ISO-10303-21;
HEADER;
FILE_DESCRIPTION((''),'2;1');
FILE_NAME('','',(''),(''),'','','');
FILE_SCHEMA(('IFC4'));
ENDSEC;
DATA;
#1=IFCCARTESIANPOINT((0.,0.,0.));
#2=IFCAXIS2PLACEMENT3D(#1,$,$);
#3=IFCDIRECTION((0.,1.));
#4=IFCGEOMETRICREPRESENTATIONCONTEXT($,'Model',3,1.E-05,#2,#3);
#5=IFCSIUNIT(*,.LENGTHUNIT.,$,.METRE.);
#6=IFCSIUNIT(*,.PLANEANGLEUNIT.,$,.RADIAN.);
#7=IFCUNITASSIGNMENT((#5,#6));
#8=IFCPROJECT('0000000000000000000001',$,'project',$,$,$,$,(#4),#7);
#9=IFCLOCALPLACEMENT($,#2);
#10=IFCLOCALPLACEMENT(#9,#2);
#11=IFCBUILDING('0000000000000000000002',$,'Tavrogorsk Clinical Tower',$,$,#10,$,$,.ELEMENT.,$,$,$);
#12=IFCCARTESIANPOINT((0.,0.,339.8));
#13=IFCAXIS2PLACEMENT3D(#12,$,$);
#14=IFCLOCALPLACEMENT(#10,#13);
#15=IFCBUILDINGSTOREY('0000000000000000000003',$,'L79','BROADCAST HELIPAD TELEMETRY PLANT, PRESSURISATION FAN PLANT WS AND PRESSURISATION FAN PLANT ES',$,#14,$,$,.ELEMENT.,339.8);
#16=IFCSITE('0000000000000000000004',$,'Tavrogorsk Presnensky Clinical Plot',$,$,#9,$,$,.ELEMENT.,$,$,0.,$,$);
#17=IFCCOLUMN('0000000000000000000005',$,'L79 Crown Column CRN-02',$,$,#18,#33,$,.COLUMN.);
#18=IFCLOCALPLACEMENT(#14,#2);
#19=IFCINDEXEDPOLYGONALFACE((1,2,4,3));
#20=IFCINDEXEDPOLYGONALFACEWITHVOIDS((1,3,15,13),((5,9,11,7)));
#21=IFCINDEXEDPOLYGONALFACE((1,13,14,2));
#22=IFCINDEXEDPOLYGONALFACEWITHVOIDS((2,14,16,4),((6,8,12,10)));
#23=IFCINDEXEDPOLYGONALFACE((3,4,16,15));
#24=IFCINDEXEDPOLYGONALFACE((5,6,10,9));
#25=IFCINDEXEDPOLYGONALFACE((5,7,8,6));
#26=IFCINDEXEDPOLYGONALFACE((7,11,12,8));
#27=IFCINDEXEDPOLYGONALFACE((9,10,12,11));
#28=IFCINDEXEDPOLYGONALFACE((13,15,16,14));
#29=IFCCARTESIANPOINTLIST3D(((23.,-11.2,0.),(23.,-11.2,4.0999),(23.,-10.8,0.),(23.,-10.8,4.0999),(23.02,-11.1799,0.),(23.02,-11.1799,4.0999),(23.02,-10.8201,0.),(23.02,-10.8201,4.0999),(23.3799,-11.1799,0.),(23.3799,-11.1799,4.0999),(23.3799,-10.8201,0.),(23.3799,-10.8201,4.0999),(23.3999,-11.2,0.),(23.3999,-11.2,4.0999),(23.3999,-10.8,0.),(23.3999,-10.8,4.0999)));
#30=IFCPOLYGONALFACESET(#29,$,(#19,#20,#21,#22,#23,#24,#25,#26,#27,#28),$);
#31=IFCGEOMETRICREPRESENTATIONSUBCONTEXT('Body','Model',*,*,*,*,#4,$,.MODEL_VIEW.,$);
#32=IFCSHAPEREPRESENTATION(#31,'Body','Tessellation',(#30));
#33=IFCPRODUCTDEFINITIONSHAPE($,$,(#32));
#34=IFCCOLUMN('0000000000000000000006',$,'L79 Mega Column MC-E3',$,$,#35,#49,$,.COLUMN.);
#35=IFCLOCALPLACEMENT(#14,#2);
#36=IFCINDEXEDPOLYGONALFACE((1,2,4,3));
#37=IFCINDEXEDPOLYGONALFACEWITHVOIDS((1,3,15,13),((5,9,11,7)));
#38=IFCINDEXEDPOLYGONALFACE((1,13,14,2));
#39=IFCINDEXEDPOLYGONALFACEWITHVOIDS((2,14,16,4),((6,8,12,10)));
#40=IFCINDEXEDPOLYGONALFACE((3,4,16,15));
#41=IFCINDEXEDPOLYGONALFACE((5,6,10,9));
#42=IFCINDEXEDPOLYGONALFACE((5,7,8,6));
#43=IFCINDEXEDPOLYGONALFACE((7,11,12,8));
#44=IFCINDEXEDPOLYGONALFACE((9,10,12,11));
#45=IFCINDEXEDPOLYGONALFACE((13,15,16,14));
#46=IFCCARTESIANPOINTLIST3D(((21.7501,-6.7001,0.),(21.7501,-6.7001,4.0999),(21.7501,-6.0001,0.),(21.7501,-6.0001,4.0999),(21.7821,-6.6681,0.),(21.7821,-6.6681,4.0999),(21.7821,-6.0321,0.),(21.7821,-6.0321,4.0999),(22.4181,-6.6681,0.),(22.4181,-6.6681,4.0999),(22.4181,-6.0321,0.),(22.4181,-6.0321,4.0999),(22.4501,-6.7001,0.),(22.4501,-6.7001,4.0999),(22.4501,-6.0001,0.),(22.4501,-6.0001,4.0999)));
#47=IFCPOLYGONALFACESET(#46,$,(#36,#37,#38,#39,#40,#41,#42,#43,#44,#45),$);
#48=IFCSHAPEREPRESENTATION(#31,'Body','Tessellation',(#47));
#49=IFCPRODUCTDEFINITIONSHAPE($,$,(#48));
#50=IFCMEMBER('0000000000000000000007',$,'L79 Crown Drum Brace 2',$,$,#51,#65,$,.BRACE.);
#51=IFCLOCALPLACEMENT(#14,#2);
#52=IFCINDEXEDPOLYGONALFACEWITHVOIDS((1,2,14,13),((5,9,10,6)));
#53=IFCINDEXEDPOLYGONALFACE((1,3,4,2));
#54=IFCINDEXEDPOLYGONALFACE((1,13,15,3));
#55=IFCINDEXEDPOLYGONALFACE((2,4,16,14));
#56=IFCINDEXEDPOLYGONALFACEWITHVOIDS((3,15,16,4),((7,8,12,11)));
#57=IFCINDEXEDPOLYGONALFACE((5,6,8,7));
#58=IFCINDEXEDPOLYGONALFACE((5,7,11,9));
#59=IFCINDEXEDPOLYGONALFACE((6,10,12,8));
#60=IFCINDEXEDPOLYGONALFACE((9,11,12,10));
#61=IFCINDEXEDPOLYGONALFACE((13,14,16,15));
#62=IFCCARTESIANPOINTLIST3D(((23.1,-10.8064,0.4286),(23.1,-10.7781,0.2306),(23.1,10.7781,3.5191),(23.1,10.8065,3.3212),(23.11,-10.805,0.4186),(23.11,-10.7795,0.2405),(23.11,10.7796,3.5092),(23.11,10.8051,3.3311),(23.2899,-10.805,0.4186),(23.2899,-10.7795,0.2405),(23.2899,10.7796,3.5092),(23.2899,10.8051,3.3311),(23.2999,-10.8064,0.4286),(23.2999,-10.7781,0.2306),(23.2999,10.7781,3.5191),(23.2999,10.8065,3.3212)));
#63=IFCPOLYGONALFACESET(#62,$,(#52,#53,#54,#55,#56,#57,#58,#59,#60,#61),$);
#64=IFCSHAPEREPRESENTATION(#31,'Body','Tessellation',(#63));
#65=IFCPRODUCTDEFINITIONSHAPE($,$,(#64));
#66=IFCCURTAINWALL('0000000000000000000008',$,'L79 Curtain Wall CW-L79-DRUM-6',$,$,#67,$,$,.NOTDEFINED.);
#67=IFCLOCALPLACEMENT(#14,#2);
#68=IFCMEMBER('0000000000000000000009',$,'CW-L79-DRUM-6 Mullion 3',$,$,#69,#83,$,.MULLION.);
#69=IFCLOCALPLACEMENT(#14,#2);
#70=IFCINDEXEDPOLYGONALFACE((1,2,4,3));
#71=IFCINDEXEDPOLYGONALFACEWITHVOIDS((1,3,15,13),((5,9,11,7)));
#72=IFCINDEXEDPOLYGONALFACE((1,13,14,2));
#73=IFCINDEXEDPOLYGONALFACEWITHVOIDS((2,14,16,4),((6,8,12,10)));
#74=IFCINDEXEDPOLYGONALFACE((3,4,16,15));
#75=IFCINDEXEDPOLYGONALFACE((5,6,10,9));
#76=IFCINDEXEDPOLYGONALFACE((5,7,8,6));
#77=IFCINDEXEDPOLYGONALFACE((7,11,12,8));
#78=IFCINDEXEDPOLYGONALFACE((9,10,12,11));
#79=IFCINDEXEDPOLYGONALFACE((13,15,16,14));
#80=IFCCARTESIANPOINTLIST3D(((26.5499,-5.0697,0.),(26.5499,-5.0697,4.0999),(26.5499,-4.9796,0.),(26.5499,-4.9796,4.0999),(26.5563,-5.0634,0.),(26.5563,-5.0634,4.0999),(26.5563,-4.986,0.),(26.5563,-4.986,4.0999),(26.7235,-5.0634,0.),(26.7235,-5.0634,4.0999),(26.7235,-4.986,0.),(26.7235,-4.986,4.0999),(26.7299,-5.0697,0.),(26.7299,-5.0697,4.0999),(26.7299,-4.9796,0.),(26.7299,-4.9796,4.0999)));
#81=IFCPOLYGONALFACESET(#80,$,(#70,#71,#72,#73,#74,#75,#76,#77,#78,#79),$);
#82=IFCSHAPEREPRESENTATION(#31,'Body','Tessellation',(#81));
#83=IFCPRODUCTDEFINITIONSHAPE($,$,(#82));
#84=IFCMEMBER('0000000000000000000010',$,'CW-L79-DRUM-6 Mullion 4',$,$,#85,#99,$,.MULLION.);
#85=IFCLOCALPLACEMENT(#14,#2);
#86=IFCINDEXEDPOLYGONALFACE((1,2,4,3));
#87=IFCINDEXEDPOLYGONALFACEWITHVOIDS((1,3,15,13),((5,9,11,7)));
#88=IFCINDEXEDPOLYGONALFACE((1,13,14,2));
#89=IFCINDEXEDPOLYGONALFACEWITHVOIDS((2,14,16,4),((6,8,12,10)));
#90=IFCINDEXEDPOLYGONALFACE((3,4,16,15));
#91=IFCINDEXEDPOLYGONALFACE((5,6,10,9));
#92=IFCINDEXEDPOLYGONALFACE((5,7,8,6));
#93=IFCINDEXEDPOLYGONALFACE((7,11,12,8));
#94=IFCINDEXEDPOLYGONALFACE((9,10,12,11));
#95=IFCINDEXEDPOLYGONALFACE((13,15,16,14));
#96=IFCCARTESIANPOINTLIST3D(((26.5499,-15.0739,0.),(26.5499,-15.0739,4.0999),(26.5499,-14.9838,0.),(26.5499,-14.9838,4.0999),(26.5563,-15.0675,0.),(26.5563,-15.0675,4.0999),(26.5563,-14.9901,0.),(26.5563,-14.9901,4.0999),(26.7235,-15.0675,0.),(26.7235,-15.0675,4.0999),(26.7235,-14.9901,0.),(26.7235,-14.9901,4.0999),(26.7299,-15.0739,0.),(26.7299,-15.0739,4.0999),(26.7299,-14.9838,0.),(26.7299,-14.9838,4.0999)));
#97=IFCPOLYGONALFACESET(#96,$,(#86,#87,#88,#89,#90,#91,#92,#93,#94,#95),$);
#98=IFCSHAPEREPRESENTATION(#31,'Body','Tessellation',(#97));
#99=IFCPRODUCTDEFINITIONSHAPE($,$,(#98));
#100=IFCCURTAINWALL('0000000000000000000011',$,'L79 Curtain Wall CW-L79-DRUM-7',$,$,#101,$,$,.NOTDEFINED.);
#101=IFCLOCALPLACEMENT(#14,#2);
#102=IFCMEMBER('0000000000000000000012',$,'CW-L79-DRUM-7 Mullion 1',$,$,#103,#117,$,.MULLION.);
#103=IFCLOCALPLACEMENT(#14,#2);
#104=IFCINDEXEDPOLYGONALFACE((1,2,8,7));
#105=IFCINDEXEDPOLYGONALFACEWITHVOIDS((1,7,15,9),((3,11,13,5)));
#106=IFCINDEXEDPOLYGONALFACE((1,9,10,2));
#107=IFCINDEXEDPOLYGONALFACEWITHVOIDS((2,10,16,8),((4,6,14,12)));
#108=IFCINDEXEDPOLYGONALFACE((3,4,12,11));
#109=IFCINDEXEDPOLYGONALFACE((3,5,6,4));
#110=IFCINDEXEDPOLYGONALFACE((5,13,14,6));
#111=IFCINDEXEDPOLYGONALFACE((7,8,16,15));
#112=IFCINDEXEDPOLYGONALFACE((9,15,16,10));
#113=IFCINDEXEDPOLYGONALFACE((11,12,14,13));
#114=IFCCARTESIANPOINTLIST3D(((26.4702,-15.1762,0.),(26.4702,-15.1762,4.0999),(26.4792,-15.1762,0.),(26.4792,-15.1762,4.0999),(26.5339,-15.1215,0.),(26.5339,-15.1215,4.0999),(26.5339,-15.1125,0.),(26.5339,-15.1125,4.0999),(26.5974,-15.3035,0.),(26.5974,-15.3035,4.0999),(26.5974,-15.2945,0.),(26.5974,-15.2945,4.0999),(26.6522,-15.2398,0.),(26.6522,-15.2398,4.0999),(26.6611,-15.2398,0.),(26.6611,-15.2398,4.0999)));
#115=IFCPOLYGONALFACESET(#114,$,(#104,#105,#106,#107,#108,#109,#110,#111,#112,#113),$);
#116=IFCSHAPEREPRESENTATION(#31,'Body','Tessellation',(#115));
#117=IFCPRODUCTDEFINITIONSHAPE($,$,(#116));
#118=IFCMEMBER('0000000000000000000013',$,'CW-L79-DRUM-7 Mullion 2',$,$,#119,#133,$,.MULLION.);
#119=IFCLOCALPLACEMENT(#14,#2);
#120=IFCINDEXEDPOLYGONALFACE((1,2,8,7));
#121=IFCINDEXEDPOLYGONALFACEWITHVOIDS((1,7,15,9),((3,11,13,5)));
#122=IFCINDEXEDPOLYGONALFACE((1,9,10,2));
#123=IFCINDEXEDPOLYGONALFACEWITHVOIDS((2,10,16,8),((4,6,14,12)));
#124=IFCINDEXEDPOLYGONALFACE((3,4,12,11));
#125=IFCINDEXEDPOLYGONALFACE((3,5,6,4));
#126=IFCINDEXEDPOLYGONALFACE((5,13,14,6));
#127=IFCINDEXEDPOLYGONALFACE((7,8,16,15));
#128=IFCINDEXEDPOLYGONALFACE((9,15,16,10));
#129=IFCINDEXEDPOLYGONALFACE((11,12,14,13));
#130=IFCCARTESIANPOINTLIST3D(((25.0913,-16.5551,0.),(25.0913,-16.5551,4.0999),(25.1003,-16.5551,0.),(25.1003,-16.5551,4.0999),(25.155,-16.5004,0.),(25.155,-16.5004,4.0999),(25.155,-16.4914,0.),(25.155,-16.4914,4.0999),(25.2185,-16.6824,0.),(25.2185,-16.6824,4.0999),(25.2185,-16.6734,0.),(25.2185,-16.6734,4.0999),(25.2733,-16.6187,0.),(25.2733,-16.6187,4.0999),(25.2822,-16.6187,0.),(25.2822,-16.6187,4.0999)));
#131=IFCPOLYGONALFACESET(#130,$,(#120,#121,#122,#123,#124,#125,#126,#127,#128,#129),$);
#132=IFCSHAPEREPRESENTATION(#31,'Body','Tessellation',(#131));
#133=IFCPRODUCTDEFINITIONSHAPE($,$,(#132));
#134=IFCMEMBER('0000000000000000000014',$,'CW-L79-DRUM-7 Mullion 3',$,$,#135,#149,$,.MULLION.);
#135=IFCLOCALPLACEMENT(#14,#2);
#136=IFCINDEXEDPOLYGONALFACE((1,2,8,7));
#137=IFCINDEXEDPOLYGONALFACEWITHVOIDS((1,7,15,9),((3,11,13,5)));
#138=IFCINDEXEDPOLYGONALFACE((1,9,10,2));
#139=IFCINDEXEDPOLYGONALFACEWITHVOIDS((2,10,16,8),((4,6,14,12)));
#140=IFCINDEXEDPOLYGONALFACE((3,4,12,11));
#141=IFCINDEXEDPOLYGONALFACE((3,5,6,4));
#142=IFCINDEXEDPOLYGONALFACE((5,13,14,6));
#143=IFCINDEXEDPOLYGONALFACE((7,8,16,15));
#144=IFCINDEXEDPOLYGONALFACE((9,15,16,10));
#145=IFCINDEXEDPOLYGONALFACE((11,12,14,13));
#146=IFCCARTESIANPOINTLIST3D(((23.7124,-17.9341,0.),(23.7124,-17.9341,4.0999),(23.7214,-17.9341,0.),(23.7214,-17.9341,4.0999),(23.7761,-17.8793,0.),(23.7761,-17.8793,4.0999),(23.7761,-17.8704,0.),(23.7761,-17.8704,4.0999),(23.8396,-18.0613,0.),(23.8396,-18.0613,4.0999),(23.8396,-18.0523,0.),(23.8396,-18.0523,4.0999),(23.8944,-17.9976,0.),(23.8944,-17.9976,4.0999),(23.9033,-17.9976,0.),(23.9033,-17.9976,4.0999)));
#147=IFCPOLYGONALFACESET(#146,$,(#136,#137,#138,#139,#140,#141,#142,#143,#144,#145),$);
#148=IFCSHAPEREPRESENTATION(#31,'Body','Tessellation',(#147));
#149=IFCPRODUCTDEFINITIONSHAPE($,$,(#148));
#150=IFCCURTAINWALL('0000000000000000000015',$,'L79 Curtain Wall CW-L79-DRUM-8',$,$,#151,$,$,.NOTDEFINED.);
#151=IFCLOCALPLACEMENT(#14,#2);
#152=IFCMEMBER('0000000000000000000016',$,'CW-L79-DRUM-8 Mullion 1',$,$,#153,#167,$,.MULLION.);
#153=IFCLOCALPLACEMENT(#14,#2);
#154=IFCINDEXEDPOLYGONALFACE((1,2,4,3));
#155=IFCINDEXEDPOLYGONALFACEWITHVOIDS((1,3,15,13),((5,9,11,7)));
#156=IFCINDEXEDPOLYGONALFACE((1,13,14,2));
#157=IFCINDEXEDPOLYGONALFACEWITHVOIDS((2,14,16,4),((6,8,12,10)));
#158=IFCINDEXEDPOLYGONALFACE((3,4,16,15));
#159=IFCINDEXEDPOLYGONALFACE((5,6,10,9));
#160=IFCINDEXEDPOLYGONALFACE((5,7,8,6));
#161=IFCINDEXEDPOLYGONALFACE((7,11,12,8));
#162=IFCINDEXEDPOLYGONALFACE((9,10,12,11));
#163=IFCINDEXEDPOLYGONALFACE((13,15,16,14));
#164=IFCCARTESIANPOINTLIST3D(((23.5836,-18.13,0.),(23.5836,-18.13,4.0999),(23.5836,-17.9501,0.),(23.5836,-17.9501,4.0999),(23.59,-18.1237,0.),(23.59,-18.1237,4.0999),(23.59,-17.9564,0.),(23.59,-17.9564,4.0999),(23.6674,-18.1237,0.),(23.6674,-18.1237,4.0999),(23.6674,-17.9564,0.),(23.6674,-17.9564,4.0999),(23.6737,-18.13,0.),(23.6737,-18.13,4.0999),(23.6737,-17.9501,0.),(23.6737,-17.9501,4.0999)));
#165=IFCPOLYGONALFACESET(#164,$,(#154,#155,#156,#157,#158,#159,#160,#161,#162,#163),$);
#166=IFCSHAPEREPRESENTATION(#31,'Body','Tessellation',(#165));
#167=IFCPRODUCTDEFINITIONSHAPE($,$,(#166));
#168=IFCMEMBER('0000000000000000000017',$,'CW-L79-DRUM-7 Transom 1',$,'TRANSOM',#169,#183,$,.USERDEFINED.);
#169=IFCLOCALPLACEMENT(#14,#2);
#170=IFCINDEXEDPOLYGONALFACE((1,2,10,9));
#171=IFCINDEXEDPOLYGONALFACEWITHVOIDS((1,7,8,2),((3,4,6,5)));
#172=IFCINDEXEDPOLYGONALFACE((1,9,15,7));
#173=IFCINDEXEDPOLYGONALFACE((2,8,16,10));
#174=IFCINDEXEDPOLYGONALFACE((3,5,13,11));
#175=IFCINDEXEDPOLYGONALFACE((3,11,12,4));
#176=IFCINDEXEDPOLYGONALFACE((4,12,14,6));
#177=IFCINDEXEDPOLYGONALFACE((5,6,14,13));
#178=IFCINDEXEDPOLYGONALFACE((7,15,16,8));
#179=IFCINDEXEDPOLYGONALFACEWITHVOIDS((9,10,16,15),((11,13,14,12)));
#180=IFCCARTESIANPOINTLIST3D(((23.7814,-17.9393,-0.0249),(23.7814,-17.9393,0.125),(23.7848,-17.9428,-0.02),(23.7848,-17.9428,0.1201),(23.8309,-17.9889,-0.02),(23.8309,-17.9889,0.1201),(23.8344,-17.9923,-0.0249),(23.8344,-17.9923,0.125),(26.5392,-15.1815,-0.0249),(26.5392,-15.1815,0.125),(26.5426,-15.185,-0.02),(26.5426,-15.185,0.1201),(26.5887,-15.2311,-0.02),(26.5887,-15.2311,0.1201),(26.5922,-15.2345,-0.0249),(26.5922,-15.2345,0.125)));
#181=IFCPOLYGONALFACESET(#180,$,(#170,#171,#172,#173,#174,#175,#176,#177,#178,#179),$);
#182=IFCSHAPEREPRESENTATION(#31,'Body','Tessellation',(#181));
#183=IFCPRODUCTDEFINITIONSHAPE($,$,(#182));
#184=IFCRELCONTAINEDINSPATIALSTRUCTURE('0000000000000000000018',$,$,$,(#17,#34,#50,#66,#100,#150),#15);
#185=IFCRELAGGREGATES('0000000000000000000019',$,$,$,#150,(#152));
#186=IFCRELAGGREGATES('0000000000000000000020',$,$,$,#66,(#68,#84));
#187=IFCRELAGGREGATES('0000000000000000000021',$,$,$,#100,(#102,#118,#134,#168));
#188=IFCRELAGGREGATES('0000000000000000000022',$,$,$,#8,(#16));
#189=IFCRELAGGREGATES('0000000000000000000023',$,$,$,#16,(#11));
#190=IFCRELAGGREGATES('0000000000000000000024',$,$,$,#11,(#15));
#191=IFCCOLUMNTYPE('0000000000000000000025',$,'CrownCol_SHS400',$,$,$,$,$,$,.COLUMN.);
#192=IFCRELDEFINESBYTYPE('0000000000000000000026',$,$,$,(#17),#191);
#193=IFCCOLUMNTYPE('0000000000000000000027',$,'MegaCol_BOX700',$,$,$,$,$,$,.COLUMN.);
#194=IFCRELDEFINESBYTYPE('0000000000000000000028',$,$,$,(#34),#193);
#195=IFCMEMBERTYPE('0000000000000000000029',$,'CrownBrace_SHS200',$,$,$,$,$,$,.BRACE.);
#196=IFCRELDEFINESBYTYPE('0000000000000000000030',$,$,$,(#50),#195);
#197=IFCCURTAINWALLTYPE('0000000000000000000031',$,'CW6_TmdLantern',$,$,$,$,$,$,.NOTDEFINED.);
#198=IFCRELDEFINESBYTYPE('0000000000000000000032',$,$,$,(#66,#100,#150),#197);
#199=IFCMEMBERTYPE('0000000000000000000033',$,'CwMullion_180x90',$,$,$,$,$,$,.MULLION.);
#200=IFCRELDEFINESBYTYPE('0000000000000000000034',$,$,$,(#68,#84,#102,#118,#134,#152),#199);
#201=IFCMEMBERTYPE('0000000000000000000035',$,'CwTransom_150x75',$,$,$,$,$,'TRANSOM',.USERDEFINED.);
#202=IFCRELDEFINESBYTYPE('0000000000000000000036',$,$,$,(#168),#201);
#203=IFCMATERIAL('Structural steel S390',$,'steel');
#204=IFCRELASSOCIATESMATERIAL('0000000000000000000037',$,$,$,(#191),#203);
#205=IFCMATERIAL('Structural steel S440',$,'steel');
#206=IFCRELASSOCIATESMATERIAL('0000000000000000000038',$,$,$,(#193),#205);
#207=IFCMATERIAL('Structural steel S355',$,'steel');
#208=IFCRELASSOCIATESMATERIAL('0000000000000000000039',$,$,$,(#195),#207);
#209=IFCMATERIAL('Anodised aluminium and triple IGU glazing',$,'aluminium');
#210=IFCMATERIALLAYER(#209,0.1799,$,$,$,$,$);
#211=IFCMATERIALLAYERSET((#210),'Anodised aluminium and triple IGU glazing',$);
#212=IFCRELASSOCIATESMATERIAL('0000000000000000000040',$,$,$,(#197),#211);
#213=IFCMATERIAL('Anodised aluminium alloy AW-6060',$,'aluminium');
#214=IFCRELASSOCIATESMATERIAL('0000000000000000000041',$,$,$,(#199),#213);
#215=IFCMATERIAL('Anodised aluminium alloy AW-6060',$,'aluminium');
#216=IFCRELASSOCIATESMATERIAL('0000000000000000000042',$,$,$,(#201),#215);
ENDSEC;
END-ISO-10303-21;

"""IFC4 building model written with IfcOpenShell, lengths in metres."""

from ifc_helpers import new_model, si_unit, direction, frame, origin, origin_2d, place, context, subcontext, project, spatial, hollow_rectangle, extrude, material, layer, layer_set, material_profile, profile_set, type_object, element, aggregate, save


model = new_model("IFC4")

# Units and contexts
model_context = context("Model", 3, precision=1e-05, world=origin(), true_north=direction((0.0, 1.0)))
body_context = subcontext(model_context, "Body", "Model", "MODEL_VIEW")
ifc_project = project(units=[si_unit("LENGTHUNIT", "METRE"), si_unit("PLANEANGLEUNIT", "RADIAN")], contexts=[model_context])

# Site, building, storey
site_placement = place(None, origin())
site = spatial("IfcSite", under=ifc_project, at=site_placement, Name="Tavrogorsk Presnensky Clinical Plot", CompositionType="ELEMENT", RefElevation=0.0)
building_placement = place(site_placement, origin())
building = spatial("IfcBuilding", under=site, at=building_placement, Name="Tavrogorsk Clinical Tower", CompositionType="ELEMENT")
storey_placement = place(building_placement, frame((0.0, 0.0, 339.8)))
storey = spatial("IfcBuildingStorey", under=building, at=storey_placement, Name="L79", Description="BROADCAST HELIPAD TELEMETRY PLANT, PRESSURISATION FAN PLANT WS AND PRESSURISATION FAN PLANT ES", CompositionType="ELEMENT", Elevation=339.8)

# Columns
ifc_material_1 = material(Name="Structural steel S390", Category="steel")
ifc_material_profile_1 = material_profile(ifc_material_1, hollow_rectangle(XDim=0.3999, YDim=0.3999, WallThickness=0.02, at=origin_2d()), Name="SHS-400x400x20")
ifc_profile_set_1 = profile_set([ifc_material_profile_1], Name="Structural steel S390")
column_type_1 = type_object("IfcColumnType", Name="CrownCol_SHS400", PredefinedType="COLUMN", material=ifc_profile_set_1)
column_1_placement = place(storey_placement, frame((23.2, -11.0, 0.0), z_axis=(0.0, 0.0, 1.0), x_axis=(1.0, 0.0, 0.0)))
element("IfcColumn", 1, at=column_1_placement, inside=storey, type_object=column_type_1, Name="L79 Crown Column CRN-02", PredefinedType="COLUMN", context=body_context, shape_type="SweptSolid", body=[
    extrude(hollow_rectangle(XDim=0.3999, YDim=0.3999, WallThickness=0.02, at=origin_2d()), origin(), (0.0, 0.0, 1.0), 4.0999),
])
ifc_material_2 = material(Name="Structural steel S440", Category="steel")
ifc_material_profile_2 = material_profile(ifc_material_2, hollow_rectangle(XDim=0.7, YDim=0.7, WallThickness=0.032, at=origin_2d()), Name="BOX-700x700x32")
ifc_profile_set_2 = profile_set([ifc_material_profile_2], Name="Structural steel S440")
column_type_2 = type_object("IfcColumnType", Name="MegaCol_BOX700", PredefinedType="COLUMN", material=ifc_profile_set_2)
column_2_placement = place(storey_placement, frame((22.1001, -6.3501, 0.0), z_axis=(0.0, 0.0, 1.0), x_axis=(1.0, 0.0, 0.0)))
element("IfcColumn", 2, at=column_2_placement, inside=storey, type_object=column_type_2, Name="L79 Mega Column MC-E3", PredefinedType="COLUMN", context=body_context, shape_type="SweptSolid", body=[
    extrude(hollow_rectangle(XDim=0.7, YDim=0.7, WallThickness=0.032, at=origin_2d()), origin(), (0.0, 0.0, 1.0), 4.0999),
])

# Member
ifc_material_3 = material(Name="Structural steel S355", Category="steel")
ifc_material_profile_3 = material_profile(ifc_material_3, hollow_rectangle(XDim=0.2, YDim=0.2, WallThickness=0.01, at=origin_2d()), Name="SHS-200x200x10")
ifc_profile_set_3 = profile_set([ifc_material_profile_3], Name="Structural steel S355")
member_type_1 = type_object("IfcMemberType", Name="CrownBrace_SHS200", PredefinedType="BRACE", material=ifc_profile_set_3)
member_1_placement = place(storey_placement, frame((23.2, -10.7922, 0.3296), z_axis=(0.0, 0.989904, 0.14174), x_axis=(-1.0, 0.0, 0.0)))
element("IfcMember", 3, at=member_1_placement, inside=storey, type_object=member_type_1, Name="L79 Crown Drum Brace 2", PredefinedType="BRACE", context=body_context, shape_type="SweptSolid", body=[
    extrude(hollow_rectangle(XDim=0.2, YDim=0.2, WallThickness=0.01, at=origin_2d()), origin(), (0.0, 0.0, 1.0), 21.8047),
])

# Curtain walls, members
ifc_material_4 = material(Name="Anodised aluminium and triple IGU glazing", Category="aluminium")
ifc_layer_1 = layer(ifc_material_4, 0.1799)
ifc_layer_set_1 = layer_set([ifc_layer_1], Name="Anodised aluminium and triple IGU glazing")
curtain_wall_type = type_object("IfcCurtainWallType", Name="CW6_TmdLantern", PredefinedType="NOTDEFINED", material=ifc_layer_set_1)
curtain_wall_1_placement = place(storey_placement, origin())
curtain_wall_1 = element("IfcCurtainWall", 4, at=curtain_wall_1_placement, inside=storey, type_object=curtain_wall_type, Name="L79 Curtain Wall CW-L79-DRUM-6", PredefinedType="NOTDEFINED")
ifc_material_5 = material(Name="Anodised aluminium alloy AW-6060", Category="aluminium")
ifc_material_profile_4 = material_profile(ifc_material_5, hollow_rectangle(XDim=0.0901, YDim=0.1799, WallThickness=0.0063, at=origin_2d()), Name="RHS-180x90x6.3")
ifc_profile_set_4 = profile_set([ifc_material_profile_4], Name="Anodised aluminium alloy AW-6060")
member_type_2 = type_object("IfcMemberType", Name="CwMullion_180x90", PredefinedType="MULLION", material=ifc_profile_set_4)
member_2_placement = place(storey_placement, frame((26.6399, -5.0247, 0.0), z_axis=(0.0, 0.0, 1.0), x_axis=(0.0, -1.0, 0.0)))
member_2 = element("IfcMember", 5, at=member_2_placement, type_object=member_type_2, Name="CW-L79-DRUM-6 Mullion 3", PredefinedType="MULLION", context=body_context, shape_type="SweptSolid", body=[
    extrude(hollow_rectangle(XDim=0.0901, YDim=0.1799, WallThickness=0.0063, at=origin_2d()), origin(), (0.0, 0.0, 1.0), 4.0999),
])
member_3_placement = place(storey_placement, frame((26.6399, -15.0288, 0.0), z_axis=(0.0, 0.0, 1.0), x_axis=(0.0, -1.0, 0.0)))
member_3 = element("IfcMember", 6, at=member_3_placement, type_object=member_type_2, Name="CW-L79-DRUM-6 Mullion 4", PredefinedType="MULLION", context=body_context, shape_type="SweptSolid", body=[
    extrude(hollow_rectangle(XDim=0.0901, YDim=0.1799, WallThickness=0.0063, at=origin_2d()), origin(), (0.0, 0.0, 1.0), 4.0999),
])
curtain_wall_2_placement = place(storey_placement, origin())
curtain_wall_2 = element("IfcCurtainWall", 7, at=curtain_wall_2_placement, inside=storey, type_object=curtain_wall_type, Name="L79 Curtain Wall CW-L79-DRUM-7", PredefinedType="NOTDEFINED")
member_4_placement = place(storey_placement, frame((26.5657, -15.208, 0.0), z_axis=(0.0, 0.0, 1.0), x_axis=(-0.707107, -0.707107, 0.0)))
member_4 = element("IfcMember", 8, at=member_4_placement, type_object=member_type_2, Name="CW-L79-DRUM-7 Mullion 1", PredefinedType="MULLION", context=body_context, shape_type="SweptSolid", body=[
    extrude(hollow_rectangle(XDim=0.0901, YDim=0.1799, WallThickness=0.0063, at=origin_2d()), origin(), (0.0, 0.0, 1.0), 4.0999),
])
member_5_placement = place(storey_placement, frame((25.1868, -16.5869, 0.0), z_axis=(0.0, 0.0, 1.0), x_axis=(-0.707107, -0.707107, 0.0)))
member_5 = element("IfcMember", 9, at=member_5_placement, type_object=member_type_2, Name="CW-L79-DRUM-7 Mullion 2", PredefinedType="MULLION", context=body_context, shape_type="SweptSolid", body=[
    extrude(hollow_rectangle(XDim=0.0901, YDim=0.1799, WallThickness=0.0063, at=origin_2d()), origin(), (0.0, 0.0, 1.0), 4.0999),
])
member_6_placement = place(storey_placement, frame((23.8079, -17.9658, 0.0), z_axis=(0.0, 0.0, 1.0), x_axis=(-0.707107, -0.707107, 0.0)))
member_6 = element("IfcMember", 10, at=member_6_placement, type_object=member_type_2, Name="CW-L79-DRUM-7 Mullion 3", PredefinedType="MULLION", context=body_context, shape_type="SweptSolid", body=[
    extrude(hollow_rectangle(XDim=0.0901, YDim=0.1799, WallThickness=0.0063, at=origin_2d()), origin(), (0.0, 0.0, 1.0), 4.0999),
])

# Curtain wall, member
curtain_wall_3_placement = place(storey_placement, origin())
curtain_wall_3 = element("IfcCurtainWall", 11, at=curtain_wall_3_placement, inside=storey, type_object=curtain_wall_type, Name="L79 Curtain Wall CW-L79-DRUM-8", PredefinedType="NOTDEFINED")
member_7_placement = place(storey_placement, frame((23.6287, -18.04, 0.0), z_axis=(0.0, 0.0, 1.0), x_axis=(-1.0, 0.0, 0.0)))
member_7 = element("IfcMember", 12, at=member_7_placement, type_object=member_type_2, Name="CW-L79-DRUM-8 Mullion 1", PredefinedType="MULLION", context=body_context, shape_type="SweptSolid", body=[
    extrude(hollow_rectangle(XDim=0.0901, YDim=0.1799, WallThickness=0.0063, at=origin_2d()), origin(), (0.0, 0.0, 1.0), 4.0999),
])

# Member
ifc_material_6 = material(Name="Anodised aluminium alloy AW-6060", Category="aluminium")
ifc_material_profile_5 = material_profile(ifc_material_6, hollow_rectangle(XDim=0.075, YDim=0.1499, WallThickness=0.0049, at=origin_2d()), Name="RHS-150x75x5")
ifc_profile_set_5 = profile_set([ifc_material_profile_5], Name="Anodised aluminium alloy AW-6060")
member_type_3 = type_object("IfcMemberType", Name="CwTransom_150x75", ElementType="TRANSOM", PredefinedType="USERDEFINED", material=ifc_profile_set_5)
member_8_placement = place(storey_placement, frame((26.5657, -15.208, 0.05), z_axis=(-0.707107, -0.707107, 0.0), x_axis=(0.707107, -0.707107, 0.0)))
member_8 = element("IfcMember", 13, at=member_8_placement, type_object=member_type_3, Name="CW-L79-DRUM-7 Transom 1", ObjectType="TRANSOM", PredefinedType="USERDEFINED", context=body_context, shape_type="SweptSolid", body=[
    extrude(hollow_rectangle(XDim=0.075, YDim=0.1499, WallThickness=0.0049, at=origin_2d()), origin(), (0.0, 0.0, 1.0), 3.9001),
])
aggregate(curtain_wall_3, [member_7])

aggregate(curtain_wall_1, [member_2, member_3])
aggregate(curtain_wall_2, [member_4, member_5, member_6, member_8])

save(model, "model.ifc")
